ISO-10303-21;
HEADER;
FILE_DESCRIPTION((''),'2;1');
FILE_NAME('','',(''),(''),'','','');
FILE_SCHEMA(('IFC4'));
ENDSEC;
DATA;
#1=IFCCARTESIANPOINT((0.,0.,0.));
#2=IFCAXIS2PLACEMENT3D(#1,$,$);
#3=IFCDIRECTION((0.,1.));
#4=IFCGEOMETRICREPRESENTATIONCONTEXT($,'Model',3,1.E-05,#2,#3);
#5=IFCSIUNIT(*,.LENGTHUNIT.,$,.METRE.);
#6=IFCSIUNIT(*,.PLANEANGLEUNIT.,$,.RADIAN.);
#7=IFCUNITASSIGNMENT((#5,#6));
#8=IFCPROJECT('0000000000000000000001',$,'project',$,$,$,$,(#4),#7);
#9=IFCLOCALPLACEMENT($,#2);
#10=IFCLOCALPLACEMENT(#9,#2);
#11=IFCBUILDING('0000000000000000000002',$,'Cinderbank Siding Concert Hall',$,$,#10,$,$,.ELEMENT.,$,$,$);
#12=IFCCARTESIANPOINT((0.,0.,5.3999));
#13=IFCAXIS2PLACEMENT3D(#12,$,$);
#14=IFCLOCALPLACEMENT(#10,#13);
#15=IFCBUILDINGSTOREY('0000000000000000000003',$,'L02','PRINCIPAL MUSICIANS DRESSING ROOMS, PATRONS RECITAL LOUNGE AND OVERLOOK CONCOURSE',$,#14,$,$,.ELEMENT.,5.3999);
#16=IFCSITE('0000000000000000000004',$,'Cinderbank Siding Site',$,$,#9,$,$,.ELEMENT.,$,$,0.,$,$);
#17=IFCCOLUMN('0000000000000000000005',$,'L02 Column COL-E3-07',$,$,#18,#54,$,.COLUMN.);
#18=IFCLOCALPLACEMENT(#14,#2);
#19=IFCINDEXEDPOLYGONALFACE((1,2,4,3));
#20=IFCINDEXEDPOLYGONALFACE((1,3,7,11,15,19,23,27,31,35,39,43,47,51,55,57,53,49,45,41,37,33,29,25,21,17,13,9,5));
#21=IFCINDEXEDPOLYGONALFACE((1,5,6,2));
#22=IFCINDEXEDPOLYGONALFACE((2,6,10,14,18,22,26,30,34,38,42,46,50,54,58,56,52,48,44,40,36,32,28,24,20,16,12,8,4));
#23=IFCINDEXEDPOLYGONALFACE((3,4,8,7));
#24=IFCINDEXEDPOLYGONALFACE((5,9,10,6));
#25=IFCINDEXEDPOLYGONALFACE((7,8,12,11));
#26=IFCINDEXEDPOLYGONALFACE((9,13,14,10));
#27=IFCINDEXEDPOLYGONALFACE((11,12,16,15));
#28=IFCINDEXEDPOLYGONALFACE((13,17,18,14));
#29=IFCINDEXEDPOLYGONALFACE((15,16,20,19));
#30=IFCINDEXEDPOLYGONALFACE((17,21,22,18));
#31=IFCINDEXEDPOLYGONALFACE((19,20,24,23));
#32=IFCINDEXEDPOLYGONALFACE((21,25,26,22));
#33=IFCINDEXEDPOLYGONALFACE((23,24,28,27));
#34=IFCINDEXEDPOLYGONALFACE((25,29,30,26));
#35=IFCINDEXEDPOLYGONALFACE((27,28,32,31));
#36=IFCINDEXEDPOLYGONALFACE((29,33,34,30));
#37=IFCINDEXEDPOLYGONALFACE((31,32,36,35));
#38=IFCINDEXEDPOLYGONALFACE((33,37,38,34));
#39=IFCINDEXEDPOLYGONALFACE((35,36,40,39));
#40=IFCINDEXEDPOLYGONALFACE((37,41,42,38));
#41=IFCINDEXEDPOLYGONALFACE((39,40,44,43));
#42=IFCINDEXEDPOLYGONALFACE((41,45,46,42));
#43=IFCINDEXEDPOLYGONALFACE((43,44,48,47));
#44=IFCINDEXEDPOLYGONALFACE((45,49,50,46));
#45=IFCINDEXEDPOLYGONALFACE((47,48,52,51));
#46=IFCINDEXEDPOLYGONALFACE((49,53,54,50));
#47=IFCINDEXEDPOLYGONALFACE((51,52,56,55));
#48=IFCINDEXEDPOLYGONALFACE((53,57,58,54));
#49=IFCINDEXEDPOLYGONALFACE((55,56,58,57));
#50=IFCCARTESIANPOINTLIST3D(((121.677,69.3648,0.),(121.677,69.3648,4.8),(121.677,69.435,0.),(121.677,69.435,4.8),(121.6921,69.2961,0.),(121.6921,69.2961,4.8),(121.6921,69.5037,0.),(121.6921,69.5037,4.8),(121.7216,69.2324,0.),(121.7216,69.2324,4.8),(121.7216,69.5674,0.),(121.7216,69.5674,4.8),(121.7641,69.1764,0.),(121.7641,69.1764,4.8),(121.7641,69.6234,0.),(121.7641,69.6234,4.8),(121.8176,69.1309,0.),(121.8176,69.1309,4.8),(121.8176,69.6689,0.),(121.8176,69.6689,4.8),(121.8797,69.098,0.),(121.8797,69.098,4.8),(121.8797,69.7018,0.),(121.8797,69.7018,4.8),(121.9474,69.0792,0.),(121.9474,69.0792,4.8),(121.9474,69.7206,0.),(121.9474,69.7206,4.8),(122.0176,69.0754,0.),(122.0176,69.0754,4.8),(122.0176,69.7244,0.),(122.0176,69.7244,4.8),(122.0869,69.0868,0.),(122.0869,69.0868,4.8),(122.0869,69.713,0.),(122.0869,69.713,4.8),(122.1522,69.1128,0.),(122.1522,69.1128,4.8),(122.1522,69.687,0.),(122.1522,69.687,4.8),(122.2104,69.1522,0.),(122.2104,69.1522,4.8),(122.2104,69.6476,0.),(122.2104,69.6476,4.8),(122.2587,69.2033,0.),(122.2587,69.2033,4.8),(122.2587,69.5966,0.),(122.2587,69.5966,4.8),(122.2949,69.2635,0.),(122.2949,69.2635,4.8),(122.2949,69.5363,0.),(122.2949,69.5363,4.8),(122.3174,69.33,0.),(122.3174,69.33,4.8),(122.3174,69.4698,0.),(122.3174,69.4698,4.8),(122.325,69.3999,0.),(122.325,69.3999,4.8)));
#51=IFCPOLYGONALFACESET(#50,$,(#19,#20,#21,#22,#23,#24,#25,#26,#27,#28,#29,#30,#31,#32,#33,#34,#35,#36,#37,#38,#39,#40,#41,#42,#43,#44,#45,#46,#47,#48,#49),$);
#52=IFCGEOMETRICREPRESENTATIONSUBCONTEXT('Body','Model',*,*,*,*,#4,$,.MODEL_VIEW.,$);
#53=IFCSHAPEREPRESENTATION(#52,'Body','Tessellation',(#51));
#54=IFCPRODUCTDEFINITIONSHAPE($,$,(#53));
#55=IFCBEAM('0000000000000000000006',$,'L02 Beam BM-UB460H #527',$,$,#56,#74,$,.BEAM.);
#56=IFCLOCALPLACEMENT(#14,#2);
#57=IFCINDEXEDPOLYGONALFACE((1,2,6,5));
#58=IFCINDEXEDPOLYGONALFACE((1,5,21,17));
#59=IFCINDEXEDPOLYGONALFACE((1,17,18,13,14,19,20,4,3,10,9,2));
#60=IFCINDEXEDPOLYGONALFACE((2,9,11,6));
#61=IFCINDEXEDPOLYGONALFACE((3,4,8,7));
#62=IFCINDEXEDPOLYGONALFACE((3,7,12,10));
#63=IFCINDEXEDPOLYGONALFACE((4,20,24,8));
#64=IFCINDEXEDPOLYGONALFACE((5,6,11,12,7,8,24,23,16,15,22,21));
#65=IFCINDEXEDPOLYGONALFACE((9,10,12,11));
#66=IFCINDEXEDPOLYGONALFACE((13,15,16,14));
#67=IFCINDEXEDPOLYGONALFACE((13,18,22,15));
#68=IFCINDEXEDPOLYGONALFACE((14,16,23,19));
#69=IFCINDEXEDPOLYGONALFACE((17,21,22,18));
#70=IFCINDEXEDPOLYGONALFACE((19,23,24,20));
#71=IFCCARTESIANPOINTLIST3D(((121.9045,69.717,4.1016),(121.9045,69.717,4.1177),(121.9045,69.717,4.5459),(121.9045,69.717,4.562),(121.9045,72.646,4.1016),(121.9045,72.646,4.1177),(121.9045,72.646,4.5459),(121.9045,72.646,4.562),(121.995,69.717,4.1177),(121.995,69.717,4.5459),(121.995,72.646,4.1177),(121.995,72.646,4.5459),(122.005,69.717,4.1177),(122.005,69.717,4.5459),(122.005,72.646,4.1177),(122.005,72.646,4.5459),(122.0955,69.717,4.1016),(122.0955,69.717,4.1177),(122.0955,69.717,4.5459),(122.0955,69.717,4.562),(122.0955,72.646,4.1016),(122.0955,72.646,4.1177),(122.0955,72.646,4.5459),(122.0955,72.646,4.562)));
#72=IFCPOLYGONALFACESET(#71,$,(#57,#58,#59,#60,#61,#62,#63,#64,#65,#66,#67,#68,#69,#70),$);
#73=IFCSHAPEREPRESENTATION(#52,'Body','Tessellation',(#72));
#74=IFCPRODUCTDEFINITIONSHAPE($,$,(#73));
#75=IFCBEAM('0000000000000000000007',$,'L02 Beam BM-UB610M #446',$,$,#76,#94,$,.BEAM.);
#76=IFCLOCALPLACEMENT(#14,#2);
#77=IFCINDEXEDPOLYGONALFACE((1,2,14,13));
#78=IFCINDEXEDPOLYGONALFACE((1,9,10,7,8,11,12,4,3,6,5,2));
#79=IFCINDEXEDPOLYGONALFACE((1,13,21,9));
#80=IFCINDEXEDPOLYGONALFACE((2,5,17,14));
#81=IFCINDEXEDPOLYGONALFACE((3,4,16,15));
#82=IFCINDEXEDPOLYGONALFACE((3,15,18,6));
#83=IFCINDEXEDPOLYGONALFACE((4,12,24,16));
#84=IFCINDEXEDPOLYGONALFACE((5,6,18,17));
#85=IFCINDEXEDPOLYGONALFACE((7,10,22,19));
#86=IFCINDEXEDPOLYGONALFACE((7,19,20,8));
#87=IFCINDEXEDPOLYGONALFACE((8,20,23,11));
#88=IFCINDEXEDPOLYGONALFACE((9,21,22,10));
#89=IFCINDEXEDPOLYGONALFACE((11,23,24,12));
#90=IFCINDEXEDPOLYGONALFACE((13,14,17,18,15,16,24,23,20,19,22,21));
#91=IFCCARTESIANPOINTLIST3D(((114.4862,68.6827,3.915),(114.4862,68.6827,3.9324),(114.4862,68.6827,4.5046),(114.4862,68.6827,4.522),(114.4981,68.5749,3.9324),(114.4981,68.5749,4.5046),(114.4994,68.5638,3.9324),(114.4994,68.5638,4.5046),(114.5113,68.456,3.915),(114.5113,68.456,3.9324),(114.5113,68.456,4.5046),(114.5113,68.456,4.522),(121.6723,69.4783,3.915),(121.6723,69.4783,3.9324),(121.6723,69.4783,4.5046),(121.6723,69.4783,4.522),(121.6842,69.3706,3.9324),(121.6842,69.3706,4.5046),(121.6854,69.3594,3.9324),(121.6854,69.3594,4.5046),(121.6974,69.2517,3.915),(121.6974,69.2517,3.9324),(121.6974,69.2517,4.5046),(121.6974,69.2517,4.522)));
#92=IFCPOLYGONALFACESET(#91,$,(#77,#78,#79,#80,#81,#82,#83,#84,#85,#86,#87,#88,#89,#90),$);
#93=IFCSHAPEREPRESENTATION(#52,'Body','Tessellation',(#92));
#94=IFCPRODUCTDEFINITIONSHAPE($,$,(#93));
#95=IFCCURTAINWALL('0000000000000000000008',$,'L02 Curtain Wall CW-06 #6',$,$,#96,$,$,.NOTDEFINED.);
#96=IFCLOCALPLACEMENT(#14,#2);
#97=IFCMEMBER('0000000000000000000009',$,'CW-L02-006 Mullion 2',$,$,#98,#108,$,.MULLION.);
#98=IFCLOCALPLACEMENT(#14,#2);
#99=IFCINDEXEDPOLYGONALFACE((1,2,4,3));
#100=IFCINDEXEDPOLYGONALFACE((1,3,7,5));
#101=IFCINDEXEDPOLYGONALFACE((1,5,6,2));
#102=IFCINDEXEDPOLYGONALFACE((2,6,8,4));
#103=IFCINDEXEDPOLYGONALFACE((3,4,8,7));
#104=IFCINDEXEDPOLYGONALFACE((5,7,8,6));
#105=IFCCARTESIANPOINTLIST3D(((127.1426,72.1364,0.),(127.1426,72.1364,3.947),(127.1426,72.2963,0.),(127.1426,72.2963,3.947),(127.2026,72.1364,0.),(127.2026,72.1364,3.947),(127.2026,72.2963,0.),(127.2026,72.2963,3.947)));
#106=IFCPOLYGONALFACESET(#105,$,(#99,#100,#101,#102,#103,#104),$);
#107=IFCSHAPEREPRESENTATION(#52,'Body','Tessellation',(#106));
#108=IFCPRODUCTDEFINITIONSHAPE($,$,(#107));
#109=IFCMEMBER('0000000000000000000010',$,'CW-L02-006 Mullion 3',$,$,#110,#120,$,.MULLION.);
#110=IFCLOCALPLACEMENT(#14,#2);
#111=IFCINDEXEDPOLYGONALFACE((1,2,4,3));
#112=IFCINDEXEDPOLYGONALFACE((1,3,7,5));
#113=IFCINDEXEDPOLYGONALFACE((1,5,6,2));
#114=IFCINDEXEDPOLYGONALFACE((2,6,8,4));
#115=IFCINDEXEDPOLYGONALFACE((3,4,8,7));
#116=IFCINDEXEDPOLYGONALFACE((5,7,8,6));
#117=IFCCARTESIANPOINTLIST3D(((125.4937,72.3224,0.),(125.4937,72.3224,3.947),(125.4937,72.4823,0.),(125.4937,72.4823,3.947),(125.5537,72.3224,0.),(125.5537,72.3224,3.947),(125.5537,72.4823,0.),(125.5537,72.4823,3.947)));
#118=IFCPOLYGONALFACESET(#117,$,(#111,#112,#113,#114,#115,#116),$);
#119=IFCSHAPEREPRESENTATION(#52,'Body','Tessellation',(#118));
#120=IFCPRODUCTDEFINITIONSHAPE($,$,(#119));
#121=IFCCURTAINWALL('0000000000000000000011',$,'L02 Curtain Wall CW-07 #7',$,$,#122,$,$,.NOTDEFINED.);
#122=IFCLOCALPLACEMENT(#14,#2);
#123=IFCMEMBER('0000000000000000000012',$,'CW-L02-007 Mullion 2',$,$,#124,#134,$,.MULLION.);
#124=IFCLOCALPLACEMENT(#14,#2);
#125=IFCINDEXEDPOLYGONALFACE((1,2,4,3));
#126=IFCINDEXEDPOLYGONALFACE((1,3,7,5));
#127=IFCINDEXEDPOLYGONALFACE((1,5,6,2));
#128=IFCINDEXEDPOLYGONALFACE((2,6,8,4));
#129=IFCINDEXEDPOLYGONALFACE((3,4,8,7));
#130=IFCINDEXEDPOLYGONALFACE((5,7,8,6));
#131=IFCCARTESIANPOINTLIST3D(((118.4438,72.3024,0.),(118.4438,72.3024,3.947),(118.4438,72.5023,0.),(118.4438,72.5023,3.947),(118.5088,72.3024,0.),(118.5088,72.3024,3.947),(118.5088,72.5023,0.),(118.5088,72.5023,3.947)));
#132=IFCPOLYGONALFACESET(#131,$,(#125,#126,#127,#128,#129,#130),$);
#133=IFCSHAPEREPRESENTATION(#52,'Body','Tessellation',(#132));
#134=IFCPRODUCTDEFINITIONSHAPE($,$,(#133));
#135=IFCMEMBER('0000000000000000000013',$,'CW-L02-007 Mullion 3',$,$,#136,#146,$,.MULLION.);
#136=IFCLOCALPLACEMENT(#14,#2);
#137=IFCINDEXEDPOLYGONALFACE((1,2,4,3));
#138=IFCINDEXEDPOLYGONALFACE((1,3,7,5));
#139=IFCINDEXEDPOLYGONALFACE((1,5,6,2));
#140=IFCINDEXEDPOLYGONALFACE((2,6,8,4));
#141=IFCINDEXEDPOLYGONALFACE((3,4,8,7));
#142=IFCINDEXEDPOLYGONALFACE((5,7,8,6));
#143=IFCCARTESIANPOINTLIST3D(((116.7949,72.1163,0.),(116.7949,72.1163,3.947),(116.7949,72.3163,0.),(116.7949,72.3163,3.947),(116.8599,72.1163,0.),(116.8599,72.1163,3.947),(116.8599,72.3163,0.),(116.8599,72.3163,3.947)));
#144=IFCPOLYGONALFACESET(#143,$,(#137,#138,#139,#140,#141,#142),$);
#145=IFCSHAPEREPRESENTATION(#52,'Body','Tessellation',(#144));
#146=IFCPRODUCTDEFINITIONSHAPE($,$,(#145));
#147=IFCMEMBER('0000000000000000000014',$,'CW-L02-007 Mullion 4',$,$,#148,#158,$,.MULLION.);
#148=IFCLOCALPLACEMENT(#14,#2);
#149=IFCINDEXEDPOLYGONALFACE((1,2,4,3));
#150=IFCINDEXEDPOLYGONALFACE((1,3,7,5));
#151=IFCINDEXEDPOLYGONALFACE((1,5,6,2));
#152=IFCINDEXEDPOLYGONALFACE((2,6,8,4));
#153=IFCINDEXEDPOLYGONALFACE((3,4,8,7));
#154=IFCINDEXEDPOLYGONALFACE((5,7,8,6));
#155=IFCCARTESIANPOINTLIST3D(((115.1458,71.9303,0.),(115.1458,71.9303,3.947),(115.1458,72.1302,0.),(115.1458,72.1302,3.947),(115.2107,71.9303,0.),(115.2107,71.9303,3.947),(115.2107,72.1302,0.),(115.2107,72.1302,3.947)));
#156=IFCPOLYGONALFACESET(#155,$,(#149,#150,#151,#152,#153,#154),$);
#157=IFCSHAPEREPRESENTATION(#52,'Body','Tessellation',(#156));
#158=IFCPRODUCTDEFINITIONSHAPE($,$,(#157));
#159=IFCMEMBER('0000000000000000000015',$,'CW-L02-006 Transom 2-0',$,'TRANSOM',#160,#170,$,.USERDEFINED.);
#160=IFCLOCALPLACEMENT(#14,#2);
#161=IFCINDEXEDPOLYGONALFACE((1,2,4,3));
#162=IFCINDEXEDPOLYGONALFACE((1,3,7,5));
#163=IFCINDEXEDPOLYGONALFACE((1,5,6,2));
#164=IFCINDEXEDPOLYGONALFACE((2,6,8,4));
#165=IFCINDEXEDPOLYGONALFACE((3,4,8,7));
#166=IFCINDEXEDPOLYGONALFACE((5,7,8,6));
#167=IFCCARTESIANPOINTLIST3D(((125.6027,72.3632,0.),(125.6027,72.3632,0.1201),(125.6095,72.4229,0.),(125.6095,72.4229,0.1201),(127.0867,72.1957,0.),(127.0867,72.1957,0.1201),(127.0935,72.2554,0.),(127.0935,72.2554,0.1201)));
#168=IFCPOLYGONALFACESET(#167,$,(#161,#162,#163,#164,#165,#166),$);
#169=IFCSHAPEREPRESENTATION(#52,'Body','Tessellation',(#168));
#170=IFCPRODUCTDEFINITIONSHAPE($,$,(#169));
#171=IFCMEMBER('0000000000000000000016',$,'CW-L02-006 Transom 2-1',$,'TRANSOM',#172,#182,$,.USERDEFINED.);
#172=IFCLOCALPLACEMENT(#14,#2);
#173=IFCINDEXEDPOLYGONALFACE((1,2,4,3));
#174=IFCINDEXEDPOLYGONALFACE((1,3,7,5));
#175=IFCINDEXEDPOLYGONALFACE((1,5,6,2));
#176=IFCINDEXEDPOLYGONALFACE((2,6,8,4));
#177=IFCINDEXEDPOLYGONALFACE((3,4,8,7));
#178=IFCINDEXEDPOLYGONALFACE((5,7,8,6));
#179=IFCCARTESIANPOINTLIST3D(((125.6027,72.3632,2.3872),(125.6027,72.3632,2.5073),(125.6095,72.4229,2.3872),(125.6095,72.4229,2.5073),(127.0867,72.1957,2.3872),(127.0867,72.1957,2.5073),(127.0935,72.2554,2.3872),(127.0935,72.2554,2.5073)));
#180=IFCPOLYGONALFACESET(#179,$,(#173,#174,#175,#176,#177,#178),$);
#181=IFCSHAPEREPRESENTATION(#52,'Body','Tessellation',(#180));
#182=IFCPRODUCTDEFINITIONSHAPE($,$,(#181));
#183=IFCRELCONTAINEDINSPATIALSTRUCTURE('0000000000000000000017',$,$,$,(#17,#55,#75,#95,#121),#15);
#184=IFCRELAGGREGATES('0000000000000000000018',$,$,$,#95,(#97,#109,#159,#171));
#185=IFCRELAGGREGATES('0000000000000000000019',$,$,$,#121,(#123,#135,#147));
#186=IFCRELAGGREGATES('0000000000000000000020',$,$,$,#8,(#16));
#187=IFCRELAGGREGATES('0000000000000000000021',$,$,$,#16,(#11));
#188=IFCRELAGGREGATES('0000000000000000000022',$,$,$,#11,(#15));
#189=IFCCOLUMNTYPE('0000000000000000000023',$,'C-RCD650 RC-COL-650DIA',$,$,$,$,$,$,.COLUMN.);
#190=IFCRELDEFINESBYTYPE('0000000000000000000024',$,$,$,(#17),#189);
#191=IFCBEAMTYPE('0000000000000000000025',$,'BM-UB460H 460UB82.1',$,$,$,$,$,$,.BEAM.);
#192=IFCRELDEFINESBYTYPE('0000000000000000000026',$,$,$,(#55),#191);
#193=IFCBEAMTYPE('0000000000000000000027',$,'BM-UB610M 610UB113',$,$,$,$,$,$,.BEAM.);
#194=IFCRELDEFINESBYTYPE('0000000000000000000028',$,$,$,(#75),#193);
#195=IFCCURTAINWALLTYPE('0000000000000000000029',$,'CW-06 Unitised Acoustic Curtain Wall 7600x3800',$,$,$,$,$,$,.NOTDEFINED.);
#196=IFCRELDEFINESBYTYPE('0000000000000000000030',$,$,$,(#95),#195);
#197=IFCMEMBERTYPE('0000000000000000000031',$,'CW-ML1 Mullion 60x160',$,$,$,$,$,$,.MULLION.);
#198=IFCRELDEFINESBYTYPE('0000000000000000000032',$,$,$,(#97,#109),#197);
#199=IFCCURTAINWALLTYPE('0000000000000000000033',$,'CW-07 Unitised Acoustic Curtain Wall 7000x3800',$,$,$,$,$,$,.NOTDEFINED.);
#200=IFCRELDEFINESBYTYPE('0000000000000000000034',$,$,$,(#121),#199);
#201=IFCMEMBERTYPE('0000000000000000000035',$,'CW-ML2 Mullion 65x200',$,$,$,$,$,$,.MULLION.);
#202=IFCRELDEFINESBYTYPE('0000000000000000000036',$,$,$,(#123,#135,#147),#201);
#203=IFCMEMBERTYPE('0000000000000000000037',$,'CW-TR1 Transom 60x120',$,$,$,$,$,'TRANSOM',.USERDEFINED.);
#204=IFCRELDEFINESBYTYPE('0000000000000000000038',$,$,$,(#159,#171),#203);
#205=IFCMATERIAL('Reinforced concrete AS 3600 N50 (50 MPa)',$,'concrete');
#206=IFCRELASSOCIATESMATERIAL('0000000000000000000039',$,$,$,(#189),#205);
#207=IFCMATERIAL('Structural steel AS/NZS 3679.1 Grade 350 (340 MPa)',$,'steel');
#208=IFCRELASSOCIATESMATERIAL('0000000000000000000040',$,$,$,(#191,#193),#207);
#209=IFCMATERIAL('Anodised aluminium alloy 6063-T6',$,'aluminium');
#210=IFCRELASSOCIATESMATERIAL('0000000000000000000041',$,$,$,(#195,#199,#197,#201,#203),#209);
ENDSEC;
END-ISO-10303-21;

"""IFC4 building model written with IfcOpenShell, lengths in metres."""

from ifc_helpers import new_model, si_unit, direction, frame, origin, origin_2d, place, context, subcontext, project, spatial, rectangle, circle, i_section, extrude, material, material_profile, profile_set, type_object, element, aggregate, save


model = new_model("IFC4")

# Units and contexts
model_context = context("Model", 3, precision=1e-05, world=origin(), true_north=direction((0.0, 1.0)))
body_context = subcontext(model_context, "Body", "Model", "MODEL_VIEW")
ifc_project = project(units=[si_unit("LENGTHUNIT", "METRE"), si_unit("PLANEANGLEUNIT", "RADIAN")], contexts=[model_context])

# Site, building, storey
site_placement = place(None, origin())
site = spatial("IfcSite", under=ifc_project, at=site_placement, Name="Cinderbank Siding Site", CompositionType="ELEMENT", RefElevation=0.0)
building_placement = place(site_placement, origin())
building = spatial("IfcBuilding", under=site, at=building_placement, Name="Cinderbank Siding Concert Hall", CompositionType="ELEMENT")
storey_placement = place(building_placement, frame((0.0, 0.0, 5.3999)))
storey = spatial("IfcBuildingStorey", under=building, at=storey_placement, Name="L02", Description="PRINCIPAL MUSICIANS DRESSING ROOMS, PATRONS RECITAL LOUNGE AND OVERLOOK CONCOURSE", CompositionType="ELEMENT", Elevation=5.3999)

# Column
ifc_material_1 = material(Name="Reinforced concrete AS 3600 N50 (50 MPa)", Category="concrete")
ifc_material_profile_1 = material_profile(ifc_material_1, circle(Radius=0.325, at=origin_2d()), Name="RC-COL-650DIA", Category="LoadBearing")
ifc_profile_set_1 = profile_set([ifc_material_profile_1], Name="Reinforced concrete AS 3600 N50 (50 MPa)")
column_type = type_object("IfcColumnType", Name="C-RCD650 RC-COL-650DIA", PredefinedType="COLUMN", material=ifc_profile_set_1)
column_placement = place(storey_placement, frame((122.0, 69.3999, 0.0), z_axis=(0.0, 0.0, 1.0), x_axis=(1.0, 0.0, 0.0)))
element("IfcColumn", 1, at=column_placement, inside=storey, type_object=column_type, Name="L02 Column COL-E3-07", PredefinedType="COLUMN", context=body_context, shape_type="SweptSolid", body=[
    extrude(circle(Radius=0.325, at=origin_2d()), origin(), (0.0, 0.0, 1.0), 4.8),
])

# Beams
ifc_material_2 = material(Name="Structural steel AS/NZS 3679.1 Grade 350 (340 MPa)", Category="steel")
ifc_material_profile_2 = material_profile(ifc_material_2, i_section(OverallWidth=0.1909, OverallDepth=0.4604, WebThickness=0.01, FlangeThickness=0.0161, at=origin_2d()), Name="460UB82.1", Category="LoadBearing")
ifc_profile_set_2 = profile_set([ifc_material_profile_2], Name="Structural steel AS/NZS 3679.1 Grade 350 (340 MPa)")
beam_type_1 = type_object("IfcBeamType", Name="BM-UB460H 460UB82.1", PredefinedType="BEAM", material=ifc_profile_set_2)
beam_1_placement = place(storey_placement, frame((122.0, 69.717, 4.3318), z_axis=(0.0, 1.0, 0.0), x_axis=(-1.0, 0.0, 0.0)))
element("IfcBeam", 2, at=beam_1_placement, inside=storey, type_object=beam_type_1, Name="L02 Beam BM-UB460H #527", PredefinedType="BEAM", context=body_context, shape_type="SweptSolid", body=[
    extrude(i_section(OverallWidth=0.1909, OverallDepth=0.4604, WebThickness=0.01, FlangeThickness=0.0161, at=origin_2d()), origin(), (0.0, 0.0, 1.0), 2.929),
])
ifc_material_profile_3 = material_profile(ifc_material_2, i_section(OverallWidth=0.228, OverallDepth=0.6069, WebThickness=0.0112, FlangeThickness=0.0173, at=origin_2d()), Name="610UB113", Category="LoadBearing")
ifc_profile_set_3 = profile_set([ifc_material_profile_3], Name="Structural steel AS/NZS 3679.1 Grade 350 (340 MPa)")
beam_type_2 = type_object("IfcBeamType", Name="BM-UB610M 610UB113", PredefinedType="BEAM", material=ifc_profile_set_3)
beam_2_placement = place(storey_placement, frame((121.6848, 69.365, 4.2185), z_axis=(-0.993926, -0.11005, 0.0), x_axis=(0.11005, -0.993926, 0.0)))
element("IfcBeam", 3, at=beam_2_placement, inside=storey, type_object=beam_type_2, Name="L02 Beam BM-UB610M #446", PredefinedType="BEAM", context=body_context, shape_type="SweptSolid", body=[
    extrude(i_section(OverallWidth=0.228, OverallDepth=0.6069, WebThickness=0.0112, FlangeThickness=0.0173, at=origin_2d()), origin(), (0.0, 0.0, 1.0), 7.23),
])

# Curtain walls, members
ifc_material_3 = material(Name="Anodised aluminium alloy 6063-T6", Category="aluminium")
curtain_wall_type_1 = type_object("IfcCurtainWallType", Name="CW-06 Unitised Acoustic Curtain Wall 7600x3800", PredefinedType="NOTDEFINED", material=ifc_material_3)
curtain_wall_1_placement = place(storey_placement, origin())
curtain_wall_1 = element("IfcCurtainWall", 4, at=curtain_wall_1_placement, inside=storey, type_object=curtain_wall_type_1, Name="L02 Curtain Wall CW-06 #6", PredefinedType="NOTDEFINED")
ifc_material_profile_4 = material_profile(ifc_material_3, rectangle(XDim=0.0601, YDim=0.1599, at=origin_2d()), Name="ALU-MULL-60x160", Category="LoadBearing")
ifc_profile_set_4 = profile_set([ifc_material_profile_4], Name="Anodised aluminium alloy 6063-T6")
member_type_1 = type_object("IfcMemberType", Name="CW-ML1 Mullion 60x160", PredefinedType="MULLION", material=ifc_profile_set_4)
member_1_placement = place(storey_placement, frame((127.1726, 72.2163, 0.0), z_axis=(0.0, 0.0, 1.0), x_axis=(1.0, 0.0, 0.0)))
member_1 = element("IfcMember", 5, at=member_1_placement, type_object=member_type_1, Name="CW-L02-006 Mullion 2", PredefinedType="MULLION", context=body_context, shape_type="SweptSolid", body=[
    extrude(rectangle(XDim=0.0601, YDim=0.1599, at=origin_2d()), origin(), (0.0, 0.0, 1.0), 3.947),
])
member_2_placement = place(storey_placement, frame((125.5237, 72.4023, 0.0), z_axis=(0.0, 0.0, 1.0), x_axis=(1.0, 0.0, 0.0)))
member_2 = element("IfcMember", 6, at=member_2_placement, type_object=member_type_1, Name="CW-L02-006 Mullion 3", PredefinedType="MULLION", context=body_context, shape_type="SweptSolid", body=[
    extrude(rectangle(XDim=0.0601, YDim=0.1599, at=origin_2d()), origin(), (0.0, 0.0, 1.0), 3.947),
])
curtain_wall_type_2 = type_object("IfcCurtainWallType", Name="CW-07 Unitised Acoustic Curtain Wall 7000x3800", PredefinedType="NOTDEFINED", material=ifc_material_3)
curtain_wall_2_placement = place(storey_placement, origin())
curtain_wall_2 = element("IfcCurtainWall", 7, at=curtain_wall_2_placement, inside=storey, type_object=curtain_wall_type_2, Name="L02 Curtain Wall CW-07 #7", PredefinedType="NOTDEFINED")
ifc_material_profile_5 = material_profile(ifc_material_3, rectangle(XDim=0.0649, YDim=0.2, at=origin_2d()), Name="ALU-MULL-65x200", Category="LoadBearing")
ifc_profile_set_5 = profile_set([ifc_material_profile_5], Name="Anodised aluminium alloy 6063-T6")
member_type_2 = type_object("IfcMemberType", Name="CW-ML2 Mullion 65x200", PredefinedType="MULLION", material=ifc_profile_set_5)
member_3_placement = place(storey_placement, frame((118.4763, 72.4023, 0.0), z_axis=(0.0, 0.0, 1.0), x_axis=(1.0, 0.0, 0.0)))
member_3 = element("IfcMember", 8, at=member_3_placement, type_object=member_type_2, Name="CW-L02-007 Mullion 2", PredefinedType="MULLION", context=body_context, shape_type="SweptSolid", body=[
    extrude(rectangle(XDim=0.0649, YDim=0.2, at=origin_2d()), origin(), (0.0, 0.0, 1.0), 3.947),
])
member_4_placement = place(storey_placement, frame((116.8274, 72.2163, 0.0), z_axis=(0.0, 0.0, 1.0), x_axis=(1.0, 0.0, 0.0)))
member_4 = element("IfcMember", 9, at=member_4_placement, type_object=member_type_2, Name="CW-L02-007 Mullion 3", PredefinedType="MULLION", context=body_context, shape_type="SweptSolid", body=[
    extrude(rectangle(XDim=0.0649, YDim=0.2, at=origin_2d()), origin(), (0.0, 0.0, 1.0), 3.947),
])
member_5_placement = place(storey_placement, frame((115.1782, 72.0303, 0.0), z_axis=(0.0, 0.0, 1.0), x_axis=(1.0, 0.0, 0.0)))
member_5 = element("IfcMember", 10, at=member_5_placement, type_object=member_type_2, Name="CW-L02-007 Mullion 4", PredefinedType="MULLION", context=body_context, shape_type="SweptSolid", body=[
    extrude(rectangle(XDim=0.0649, YDim=0.2, at=origin_2d()), origin(), (0.0, 0.0, 1.0), 3.947),
])

# Members
ifc_material_profile_6 = material_profile(ifc_material_3, rectangle(XDim=0.0601, YDim=0.1201, at=origin_2d()), Name="ALU-TRAN-60x120", Category="LoadBearing")
ifc_profile_set_6 = profile_set([ifc_material_profile_6], Name="Anodised aluminium alloy 6063-T6")
member_type_3 = type_object("IfcMemberType", Name="CW-TR1 Transom 60x120", ElementType="TRANSOM", PredefinedType="USERDEFINED", material=ifc_profile_set_6)
member_6_placement = place(storey_placement, frame((127.0901, 72.2256, 0.0601), z_axis=(-0.993691, 0.112154, 0.0), x_axis=(-0.112154, -0.993691, 0.0)))
member_6 = element("IfcMember", 11, at=member_6_placement, type_object=member_type_3, Name="CW-L02-006 Transom 2-0", ObjectType="TRANSOM", PredefinedType="USERDEFINED", context=body_context, shape_type="SweptSolid", body=[
    extrude(rectangle(XDim=0.0601, YDim=0.1201, at=origin_2d()), origin(), (0.0, 0.0, 1.0), 1.4934),
])
member_7_placement = place(storey_placement, frame((127.0901, 72.2256, 2.4473), z_axis=(-0.993691, 0.112154, 0.0), x_axis=(-0.112154, -0.993691, 0.0)))
member_7 = element("IfcMember", 12, at=member_7_placement, type_object=member_type_3, Name="CW-L02-006 Transom 2-1", ObjectType="TRANSOM", PredefinedType="USERDEFINED", context=body_context, shape_type="SweptSolid", body=[
    extrude(rectangle(XDim=0.0601, YDim=0.1201, at=origin_2d()), origin(), (0.0, 0.0, 1.0), 1.4934),
])

aggregate(curtain_wall_1, [member_1, member_2, member_6, member_7])
aggregate(curtain_wall_2, [member_3, member_4, member_5])

save(model, "model.ifc")
